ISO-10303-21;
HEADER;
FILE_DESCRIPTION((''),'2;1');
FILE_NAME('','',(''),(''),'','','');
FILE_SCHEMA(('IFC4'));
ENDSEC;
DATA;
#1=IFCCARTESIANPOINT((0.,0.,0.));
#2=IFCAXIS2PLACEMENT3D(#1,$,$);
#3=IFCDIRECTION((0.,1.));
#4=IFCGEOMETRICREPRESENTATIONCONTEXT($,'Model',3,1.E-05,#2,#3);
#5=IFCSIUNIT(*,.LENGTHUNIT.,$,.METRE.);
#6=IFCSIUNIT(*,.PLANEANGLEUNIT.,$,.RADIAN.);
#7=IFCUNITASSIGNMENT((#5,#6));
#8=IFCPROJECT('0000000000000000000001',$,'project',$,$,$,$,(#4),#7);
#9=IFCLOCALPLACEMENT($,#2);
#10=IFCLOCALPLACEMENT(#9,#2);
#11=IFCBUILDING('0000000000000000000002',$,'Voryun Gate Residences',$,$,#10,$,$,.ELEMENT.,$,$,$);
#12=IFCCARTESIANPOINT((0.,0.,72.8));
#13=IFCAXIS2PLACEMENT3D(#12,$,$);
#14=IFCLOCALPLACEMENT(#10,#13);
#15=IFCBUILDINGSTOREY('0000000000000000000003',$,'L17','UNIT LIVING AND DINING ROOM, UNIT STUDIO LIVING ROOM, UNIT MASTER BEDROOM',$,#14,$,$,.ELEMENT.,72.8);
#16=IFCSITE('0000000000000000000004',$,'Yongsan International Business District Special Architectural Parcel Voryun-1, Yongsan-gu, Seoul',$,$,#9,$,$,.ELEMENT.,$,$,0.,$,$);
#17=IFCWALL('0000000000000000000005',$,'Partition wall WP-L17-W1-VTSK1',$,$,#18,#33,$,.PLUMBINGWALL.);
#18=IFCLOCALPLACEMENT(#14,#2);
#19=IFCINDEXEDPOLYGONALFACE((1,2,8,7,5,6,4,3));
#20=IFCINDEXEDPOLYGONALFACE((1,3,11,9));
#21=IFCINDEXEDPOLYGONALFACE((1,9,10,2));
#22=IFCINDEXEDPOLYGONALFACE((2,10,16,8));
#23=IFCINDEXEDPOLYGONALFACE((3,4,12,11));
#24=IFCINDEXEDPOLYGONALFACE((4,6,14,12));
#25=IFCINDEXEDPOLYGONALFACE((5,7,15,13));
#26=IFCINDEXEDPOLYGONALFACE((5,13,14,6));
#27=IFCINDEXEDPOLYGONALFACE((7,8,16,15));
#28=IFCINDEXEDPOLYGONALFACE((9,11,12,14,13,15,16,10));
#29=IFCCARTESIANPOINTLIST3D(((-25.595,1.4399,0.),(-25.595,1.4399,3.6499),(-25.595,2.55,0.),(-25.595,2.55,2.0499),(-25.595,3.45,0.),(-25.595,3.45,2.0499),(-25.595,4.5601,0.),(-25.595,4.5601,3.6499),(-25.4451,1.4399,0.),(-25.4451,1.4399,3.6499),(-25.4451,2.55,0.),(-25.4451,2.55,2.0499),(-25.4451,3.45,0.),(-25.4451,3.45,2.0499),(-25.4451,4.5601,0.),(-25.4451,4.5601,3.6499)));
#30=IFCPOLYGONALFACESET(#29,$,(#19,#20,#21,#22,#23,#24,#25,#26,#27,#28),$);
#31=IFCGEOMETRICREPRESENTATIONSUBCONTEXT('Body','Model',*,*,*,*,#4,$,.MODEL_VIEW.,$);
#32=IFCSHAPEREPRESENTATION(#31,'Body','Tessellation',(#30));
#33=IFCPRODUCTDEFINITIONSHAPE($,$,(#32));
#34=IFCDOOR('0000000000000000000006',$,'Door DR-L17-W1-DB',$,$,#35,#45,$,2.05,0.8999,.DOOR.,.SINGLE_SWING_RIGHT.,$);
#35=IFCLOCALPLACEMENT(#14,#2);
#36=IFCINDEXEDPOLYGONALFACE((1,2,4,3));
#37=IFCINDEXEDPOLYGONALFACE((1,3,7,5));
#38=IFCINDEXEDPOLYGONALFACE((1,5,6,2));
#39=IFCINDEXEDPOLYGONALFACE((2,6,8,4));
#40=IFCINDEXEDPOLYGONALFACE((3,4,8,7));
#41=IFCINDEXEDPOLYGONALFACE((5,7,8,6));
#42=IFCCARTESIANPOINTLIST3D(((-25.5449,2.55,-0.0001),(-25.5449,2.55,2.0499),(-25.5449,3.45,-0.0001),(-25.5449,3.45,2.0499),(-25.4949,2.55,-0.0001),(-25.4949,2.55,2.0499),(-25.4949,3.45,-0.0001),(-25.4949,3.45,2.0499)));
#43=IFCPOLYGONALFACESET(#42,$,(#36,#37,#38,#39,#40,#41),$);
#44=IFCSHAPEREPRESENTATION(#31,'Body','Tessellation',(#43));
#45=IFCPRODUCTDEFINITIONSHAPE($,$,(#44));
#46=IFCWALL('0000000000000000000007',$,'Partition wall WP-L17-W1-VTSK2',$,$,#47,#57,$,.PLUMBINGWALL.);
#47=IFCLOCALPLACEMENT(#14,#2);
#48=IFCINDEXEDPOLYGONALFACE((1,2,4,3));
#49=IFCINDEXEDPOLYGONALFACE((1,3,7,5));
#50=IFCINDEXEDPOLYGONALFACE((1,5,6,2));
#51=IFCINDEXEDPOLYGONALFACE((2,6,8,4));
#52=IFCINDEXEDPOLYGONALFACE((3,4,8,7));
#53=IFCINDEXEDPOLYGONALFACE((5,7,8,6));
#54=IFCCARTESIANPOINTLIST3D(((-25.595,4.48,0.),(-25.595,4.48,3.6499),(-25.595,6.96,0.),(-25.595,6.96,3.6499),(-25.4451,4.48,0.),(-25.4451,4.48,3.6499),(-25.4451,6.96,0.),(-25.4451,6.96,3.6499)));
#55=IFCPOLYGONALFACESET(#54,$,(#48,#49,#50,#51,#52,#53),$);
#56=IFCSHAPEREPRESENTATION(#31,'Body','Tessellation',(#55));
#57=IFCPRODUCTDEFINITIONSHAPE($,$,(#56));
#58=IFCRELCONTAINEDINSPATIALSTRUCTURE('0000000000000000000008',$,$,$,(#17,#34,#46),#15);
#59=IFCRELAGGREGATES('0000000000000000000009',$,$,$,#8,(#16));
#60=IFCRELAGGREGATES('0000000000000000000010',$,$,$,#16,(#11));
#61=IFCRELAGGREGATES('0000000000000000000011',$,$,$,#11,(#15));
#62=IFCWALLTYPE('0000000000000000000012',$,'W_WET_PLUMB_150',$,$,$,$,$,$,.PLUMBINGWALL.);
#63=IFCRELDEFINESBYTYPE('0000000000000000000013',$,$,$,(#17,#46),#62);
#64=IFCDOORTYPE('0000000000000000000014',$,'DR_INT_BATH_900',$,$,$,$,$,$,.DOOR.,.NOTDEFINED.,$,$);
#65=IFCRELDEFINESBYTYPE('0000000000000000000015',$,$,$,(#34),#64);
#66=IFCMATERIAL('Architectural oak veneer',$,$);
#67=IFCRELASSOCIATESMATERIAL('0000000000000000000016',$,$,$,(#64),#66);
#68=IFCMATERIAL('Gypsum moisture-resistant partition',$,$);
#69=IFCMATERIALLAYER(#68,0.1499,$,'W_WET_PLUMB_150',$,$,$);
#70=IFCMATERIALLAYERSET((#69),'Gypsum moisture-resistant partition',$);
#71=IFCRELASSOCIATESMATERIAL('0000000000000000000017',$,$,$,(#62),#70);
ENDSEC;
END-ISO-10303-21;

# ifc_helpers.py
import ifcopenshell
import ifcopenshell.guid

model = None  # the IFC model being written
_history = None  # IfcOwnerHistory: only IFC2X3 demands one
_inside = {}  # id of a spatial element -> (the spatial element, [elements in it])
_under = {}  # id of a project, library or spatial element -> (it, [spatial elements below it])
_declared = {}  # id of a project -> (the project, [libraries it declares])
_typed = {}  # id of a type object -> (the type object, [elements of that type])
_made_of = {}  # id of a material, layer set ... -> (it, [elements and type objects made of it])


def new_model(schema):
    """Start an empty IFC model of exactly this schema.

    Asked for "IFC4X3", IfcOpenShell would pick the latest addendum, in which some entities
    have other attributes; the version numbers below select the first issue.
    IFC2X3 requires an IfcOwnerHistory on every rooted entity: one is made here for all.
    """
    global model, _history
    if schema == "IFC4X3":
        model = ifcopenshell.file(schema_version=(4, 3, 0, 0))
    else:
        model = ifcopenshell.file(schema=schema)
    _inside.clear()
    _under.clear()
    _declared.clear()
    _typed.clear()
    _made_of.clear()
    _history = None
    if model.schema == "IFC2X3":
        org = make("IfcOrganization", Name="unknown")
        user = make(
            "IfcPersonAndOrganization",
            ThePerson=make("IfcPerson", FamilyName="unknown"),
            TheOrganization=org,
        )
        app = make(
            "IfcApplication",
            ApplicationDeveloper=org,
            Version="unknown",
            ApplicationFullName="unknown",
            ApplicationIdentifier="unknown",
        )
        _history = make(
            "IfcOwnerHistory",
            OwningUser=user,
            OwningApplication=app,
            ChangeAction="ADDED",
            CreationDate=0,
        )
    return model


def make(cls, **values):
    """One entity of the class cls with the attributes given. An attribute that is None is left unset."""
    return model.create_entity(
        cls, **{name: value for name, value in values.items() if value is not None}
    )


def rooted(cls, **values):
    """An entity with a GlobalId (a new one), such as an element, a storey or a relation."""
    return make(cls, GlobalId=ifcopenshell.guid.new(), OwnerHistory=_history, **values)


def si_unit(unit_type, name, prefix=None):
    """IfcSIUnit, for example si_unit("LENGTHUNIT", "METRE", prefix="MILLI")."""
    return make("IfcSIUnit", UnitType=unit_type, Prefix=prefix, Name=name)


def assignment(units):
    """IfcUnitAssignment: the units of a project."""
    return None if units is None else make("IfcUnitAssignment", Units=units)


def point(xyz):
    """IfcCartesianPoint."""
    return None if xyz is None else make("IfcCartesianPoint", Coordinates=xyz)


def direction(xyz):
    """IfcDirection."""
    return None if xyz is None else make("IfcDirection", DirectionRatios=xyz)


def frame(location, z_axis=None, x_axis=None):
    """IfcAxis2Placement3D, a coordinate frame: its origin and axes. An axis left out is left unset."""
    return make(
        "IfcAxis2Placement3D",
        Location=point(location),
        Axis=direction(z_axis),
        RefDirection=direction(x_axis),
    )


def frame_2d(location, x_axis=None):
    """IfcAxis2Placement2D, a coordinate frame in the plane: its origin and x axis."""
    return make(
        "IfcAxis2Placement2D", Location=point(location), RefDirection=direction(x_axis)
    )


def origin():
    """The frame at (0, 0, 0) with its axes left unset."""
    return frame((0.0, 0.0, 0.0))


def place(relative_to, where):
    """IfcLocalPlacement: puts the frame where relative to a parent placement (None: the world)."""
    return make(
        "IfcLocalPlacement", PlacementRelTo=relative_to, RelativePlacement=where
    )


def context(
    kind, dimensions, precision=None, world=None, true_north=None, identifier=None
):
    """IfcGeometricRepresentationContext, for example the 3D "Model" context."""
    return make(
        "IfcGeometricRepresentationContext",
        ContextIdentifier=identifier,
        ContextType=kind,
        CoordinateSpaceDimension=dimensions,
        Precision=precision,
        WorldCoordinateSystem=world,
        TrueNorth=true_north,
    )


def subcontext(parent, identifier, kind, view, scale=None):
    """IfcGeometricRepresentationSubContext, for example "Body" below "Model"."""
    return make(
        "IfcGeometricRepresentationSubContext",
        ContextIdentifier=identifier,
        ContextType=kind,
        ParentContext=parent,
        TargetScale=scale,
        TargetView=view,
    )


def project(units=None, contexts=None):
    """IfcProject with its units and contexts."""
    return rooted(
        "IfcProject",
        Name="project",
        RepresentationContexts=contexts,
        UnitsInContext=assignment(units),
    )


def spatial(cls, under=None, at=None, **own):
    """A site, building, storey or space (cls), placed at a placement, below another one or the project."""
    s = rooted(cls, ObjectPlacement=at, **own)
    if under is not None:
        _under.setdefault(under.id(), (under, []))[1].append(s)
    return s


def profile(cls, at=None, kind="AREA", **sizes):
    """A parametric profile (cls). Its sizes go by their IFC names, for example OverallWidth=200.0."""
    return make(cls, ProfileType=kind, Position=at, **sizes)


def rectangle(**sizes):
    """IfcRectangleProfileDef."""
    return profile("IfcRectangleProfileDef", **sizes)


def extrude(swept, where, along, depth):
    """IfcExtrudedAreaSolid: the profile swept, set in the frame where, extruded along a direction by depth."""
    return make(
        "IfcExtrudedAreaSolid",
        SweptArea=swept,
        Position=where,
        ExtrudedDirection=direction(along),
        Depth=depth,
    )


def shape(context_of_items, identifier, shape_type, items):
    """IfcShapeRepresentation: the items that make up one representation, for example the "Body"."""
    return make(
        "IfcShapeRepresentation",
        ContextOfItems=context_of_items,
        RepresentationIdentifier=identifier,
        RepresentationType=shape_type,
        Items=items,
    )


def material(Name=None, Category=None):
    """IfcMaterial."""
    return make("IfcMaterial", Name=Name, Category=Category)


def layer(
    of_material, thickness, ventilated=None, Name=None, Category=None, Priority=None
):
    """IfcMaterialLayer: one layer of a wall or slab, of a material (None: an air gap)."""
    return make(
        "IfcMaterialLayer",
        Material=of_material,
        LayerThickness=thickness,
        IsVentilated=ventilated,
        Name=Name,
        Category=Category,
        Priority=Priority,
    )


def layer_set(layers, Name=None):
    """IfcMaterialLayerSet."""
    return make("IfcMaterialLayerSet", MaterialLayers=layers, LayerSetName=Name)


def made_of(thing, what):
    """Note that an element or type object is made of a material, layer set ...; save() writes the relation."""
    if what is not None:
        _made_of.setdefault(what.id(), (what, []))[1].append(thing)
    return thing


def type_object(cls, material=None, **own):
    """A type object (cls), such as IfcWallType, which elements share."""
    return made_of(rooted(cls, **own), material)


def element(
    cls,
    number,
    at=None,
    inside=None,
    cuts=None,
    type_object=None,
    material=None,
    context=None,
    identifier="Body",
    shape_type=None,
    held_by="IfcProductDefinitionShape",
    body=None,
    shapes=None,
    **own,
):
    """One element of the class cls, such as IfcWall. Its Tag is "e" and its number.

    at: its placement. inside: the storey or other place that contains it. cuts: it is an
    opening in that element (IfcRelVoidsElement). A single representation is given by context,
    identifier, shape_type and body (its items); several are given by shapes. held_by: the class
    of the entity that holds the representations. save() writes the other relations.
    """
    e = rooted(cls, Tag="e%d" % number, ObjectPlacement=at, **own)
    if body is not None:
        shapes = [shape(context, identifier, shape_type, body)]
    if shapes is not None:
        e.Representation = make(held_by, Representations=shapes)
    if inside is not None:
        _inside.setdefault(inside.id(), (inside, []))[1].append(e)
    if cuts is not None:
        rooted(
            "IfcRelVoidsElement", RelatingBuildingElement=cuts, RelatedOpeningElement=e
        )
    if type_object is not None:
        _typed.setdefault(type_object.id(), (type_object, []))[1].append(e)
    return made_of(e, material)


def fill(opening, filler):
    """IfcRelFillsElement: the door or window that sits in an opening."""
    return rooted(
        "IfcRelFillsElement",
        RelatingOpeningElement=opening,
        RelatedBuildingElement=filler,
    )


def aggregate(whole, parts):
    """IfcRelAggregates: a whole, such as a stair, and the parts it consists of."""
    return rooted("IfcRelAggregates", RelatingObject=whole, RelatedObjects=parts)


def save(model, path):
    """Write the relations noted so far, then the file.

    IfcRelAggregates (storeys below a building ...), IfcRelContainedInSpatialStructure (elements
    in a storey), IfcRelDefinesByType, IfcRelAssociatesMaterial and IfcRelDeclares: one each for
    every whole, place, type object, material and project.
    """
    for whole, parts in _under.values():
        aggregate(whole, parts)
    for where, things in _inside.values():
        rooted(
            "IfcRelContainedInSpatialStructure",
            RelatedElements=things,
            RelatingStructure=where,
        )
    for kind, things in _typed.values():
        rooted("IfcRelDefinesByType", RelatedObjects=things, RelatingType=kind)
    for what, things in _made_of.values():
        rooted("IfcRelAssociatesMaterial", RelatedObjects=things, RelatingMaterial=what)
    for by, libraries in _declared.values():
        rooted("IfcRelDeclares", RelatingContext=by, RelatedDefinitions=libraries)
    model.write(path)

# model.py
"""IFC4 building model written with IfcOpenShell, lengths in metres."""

from ifc_helpers import new_model, si_unit, direction, frame, frame_2d, origin, place, context, subcontext, project, spatial, rectangle, extrude, material, layer, layer_set, type_object, element, fill, save


model = new_model("IFC4")

# Units and contexts
model_context = context("Model", 3, precision=1e-05, world=origin(), true_north=direction((0.0, 1.0)))
body_context = subcontext(model_context, "Body", "Model", "MODEL_VIEW")
ifc_project = project(units=[si_unit("LENGTHUNIT", "METRE"), si_unit("PLANEANGLEUNIT", "RADIAN")], contexts=[model_context])

# Site, building, storey
site_placement = place(None, origin())
site = spatial("IfcSite", under=ifc_project, at=site_placement, Name="Yongsan International Business District Special Architectural Parcel Voryun-1, Yongsan-gu, Seoul", CompositionType="ELEMENT", RefElevation=0.0)
building_placement = place(site_placement, origin())
building = spatial("IfcBuilding", under=site, at=building_placement, Name="Voryun Gate Residences", CompositionType="ELEMENT")
storey_placement = place(building_placement, frame((0.0, 0.0, 72.8)))
storey = spatial("IfcBuildingStorey", under=building, at=storey_placement, Name="L17", Description="UNIT LIVING AND DINING ROOM, UNIT STUDIO LIVING ROOM, UNIT MASTER BEDROOM", CompositionType="ELEMENT", Elevation=72.8)

# Shared definitions
ifc_material_1 = material(Name="Architectural oak veneer")
door_type_1 = type_object("IfcDoorType", Name="DR_INT_BATH_900", OperationType="NOTDEFINED", PredefinedType="DOOR", material=ifc_material_1)
ifc_material_2 = material(Name="Gypsum moisture-resistant partition")
ifc_layer_1 = layer(ifc_material_2, 0.1499, Name="W_WET_PLUMB_150")
ifc_layer_set_1 = layer_set([ifc_layer_1], Name="Gypsum moisture-resistant partition")
wall_type_1 = type_object("IfcWallType", Name="W_WET_PLUMB_150", PredefinedType="PLUMBINGWALL", material=ifc_layer_set_1)

# Wall, opening, door
wall_1_placement = place(storey_placement, frame((-25.52, 1.4399, 0.0), z_axis=(0.0, 0.0, 1.0), x_axis=(0.0, 1.0, 0.0)))
wall_1 = element("IfcWall", 1, at=wall_1_placement, inside=storey, type_object=wall_type_1, Name="Partition wall WP-L17-W1-VTSK1", PredefinedType="PLUMBINGWALL", context=body_context, shape_type="SweptSolid", body=[
    extrude(rectangle(XDim=3.1201, YDim=0.1499, at=frame_2d((1.5601, 0.0))), origin(), (0.0, 0.0, 1.0), 3.6499),
])
opening_1_placement = place(wall_1_placement, frame((1.1101, 0.0, 0.0)))
opening_1 = element("IfcOpeningElement", 2, at=opening_1_placement, cuts=wall_1, PredefinedType="OPENING", context=body_context, shape_type="SweptSolid", body=[
    extrude(rectangle(XDim=0.8999, YDim=2.05, at=frame_2d((0.45, 1.0249))), frame((0.0, 0.085, 0.0), z_axis=(0.0, -1.0, 0.0), x_axis=(1.0, 0.0, 0.0)), (0.0, 0.0, 1.0), 0.1699),
])
door_1_placement = place(opening_1_placement, origin())
door_1 = element("IfcDoor", 3, at=door_1_placement, inside=storey, type_object=door_type_1, Name="Door DR-L17-W1-DB", OperationType="SINGLE_SWING_RIGHT", OverallHeight=2.05, OverallWidth=0.8999, PredefinedType="DOOR", context=body_context, shape_type="SweptSolid", body=[
    extrude(rectangle(XDim=0.8999, YDim=2.05, at=frame_2d((0.45, 1.0249))), frame((0.0, 0.0249, 0.0), z_axis=(0.0, -1.0, 0.0), x_axis=(1.0, 0.0, 0.0)), (0.0, 0.0, 1.0), 0.05),
])
fill(opening_1, door_1)

# Wall
wall_2_placement = place(storey_placement, frame((-25.52, 4.48, 0.0), z_axis=(0.0, 0.0, 1.0), x_axis=(0.0, 1.0, 0.0)))
element("IfcWall", 4, at=wall_2_placement, inside=storey, type_object=wall_type_1, Name="Partition wall WP-L17-W1-VTSK2", PredefinedType="PLUMBINGWALL", context=body_context, shape_type="SweptSolid", body=[
    extrude(rectangle(XDim=2.48, YDim=0.1499, at=frame_2d((1.24, 0.0))), origin(), (0.0, 0.0, 1.0), 3.6499),
])

save(model, "model.ifc")
